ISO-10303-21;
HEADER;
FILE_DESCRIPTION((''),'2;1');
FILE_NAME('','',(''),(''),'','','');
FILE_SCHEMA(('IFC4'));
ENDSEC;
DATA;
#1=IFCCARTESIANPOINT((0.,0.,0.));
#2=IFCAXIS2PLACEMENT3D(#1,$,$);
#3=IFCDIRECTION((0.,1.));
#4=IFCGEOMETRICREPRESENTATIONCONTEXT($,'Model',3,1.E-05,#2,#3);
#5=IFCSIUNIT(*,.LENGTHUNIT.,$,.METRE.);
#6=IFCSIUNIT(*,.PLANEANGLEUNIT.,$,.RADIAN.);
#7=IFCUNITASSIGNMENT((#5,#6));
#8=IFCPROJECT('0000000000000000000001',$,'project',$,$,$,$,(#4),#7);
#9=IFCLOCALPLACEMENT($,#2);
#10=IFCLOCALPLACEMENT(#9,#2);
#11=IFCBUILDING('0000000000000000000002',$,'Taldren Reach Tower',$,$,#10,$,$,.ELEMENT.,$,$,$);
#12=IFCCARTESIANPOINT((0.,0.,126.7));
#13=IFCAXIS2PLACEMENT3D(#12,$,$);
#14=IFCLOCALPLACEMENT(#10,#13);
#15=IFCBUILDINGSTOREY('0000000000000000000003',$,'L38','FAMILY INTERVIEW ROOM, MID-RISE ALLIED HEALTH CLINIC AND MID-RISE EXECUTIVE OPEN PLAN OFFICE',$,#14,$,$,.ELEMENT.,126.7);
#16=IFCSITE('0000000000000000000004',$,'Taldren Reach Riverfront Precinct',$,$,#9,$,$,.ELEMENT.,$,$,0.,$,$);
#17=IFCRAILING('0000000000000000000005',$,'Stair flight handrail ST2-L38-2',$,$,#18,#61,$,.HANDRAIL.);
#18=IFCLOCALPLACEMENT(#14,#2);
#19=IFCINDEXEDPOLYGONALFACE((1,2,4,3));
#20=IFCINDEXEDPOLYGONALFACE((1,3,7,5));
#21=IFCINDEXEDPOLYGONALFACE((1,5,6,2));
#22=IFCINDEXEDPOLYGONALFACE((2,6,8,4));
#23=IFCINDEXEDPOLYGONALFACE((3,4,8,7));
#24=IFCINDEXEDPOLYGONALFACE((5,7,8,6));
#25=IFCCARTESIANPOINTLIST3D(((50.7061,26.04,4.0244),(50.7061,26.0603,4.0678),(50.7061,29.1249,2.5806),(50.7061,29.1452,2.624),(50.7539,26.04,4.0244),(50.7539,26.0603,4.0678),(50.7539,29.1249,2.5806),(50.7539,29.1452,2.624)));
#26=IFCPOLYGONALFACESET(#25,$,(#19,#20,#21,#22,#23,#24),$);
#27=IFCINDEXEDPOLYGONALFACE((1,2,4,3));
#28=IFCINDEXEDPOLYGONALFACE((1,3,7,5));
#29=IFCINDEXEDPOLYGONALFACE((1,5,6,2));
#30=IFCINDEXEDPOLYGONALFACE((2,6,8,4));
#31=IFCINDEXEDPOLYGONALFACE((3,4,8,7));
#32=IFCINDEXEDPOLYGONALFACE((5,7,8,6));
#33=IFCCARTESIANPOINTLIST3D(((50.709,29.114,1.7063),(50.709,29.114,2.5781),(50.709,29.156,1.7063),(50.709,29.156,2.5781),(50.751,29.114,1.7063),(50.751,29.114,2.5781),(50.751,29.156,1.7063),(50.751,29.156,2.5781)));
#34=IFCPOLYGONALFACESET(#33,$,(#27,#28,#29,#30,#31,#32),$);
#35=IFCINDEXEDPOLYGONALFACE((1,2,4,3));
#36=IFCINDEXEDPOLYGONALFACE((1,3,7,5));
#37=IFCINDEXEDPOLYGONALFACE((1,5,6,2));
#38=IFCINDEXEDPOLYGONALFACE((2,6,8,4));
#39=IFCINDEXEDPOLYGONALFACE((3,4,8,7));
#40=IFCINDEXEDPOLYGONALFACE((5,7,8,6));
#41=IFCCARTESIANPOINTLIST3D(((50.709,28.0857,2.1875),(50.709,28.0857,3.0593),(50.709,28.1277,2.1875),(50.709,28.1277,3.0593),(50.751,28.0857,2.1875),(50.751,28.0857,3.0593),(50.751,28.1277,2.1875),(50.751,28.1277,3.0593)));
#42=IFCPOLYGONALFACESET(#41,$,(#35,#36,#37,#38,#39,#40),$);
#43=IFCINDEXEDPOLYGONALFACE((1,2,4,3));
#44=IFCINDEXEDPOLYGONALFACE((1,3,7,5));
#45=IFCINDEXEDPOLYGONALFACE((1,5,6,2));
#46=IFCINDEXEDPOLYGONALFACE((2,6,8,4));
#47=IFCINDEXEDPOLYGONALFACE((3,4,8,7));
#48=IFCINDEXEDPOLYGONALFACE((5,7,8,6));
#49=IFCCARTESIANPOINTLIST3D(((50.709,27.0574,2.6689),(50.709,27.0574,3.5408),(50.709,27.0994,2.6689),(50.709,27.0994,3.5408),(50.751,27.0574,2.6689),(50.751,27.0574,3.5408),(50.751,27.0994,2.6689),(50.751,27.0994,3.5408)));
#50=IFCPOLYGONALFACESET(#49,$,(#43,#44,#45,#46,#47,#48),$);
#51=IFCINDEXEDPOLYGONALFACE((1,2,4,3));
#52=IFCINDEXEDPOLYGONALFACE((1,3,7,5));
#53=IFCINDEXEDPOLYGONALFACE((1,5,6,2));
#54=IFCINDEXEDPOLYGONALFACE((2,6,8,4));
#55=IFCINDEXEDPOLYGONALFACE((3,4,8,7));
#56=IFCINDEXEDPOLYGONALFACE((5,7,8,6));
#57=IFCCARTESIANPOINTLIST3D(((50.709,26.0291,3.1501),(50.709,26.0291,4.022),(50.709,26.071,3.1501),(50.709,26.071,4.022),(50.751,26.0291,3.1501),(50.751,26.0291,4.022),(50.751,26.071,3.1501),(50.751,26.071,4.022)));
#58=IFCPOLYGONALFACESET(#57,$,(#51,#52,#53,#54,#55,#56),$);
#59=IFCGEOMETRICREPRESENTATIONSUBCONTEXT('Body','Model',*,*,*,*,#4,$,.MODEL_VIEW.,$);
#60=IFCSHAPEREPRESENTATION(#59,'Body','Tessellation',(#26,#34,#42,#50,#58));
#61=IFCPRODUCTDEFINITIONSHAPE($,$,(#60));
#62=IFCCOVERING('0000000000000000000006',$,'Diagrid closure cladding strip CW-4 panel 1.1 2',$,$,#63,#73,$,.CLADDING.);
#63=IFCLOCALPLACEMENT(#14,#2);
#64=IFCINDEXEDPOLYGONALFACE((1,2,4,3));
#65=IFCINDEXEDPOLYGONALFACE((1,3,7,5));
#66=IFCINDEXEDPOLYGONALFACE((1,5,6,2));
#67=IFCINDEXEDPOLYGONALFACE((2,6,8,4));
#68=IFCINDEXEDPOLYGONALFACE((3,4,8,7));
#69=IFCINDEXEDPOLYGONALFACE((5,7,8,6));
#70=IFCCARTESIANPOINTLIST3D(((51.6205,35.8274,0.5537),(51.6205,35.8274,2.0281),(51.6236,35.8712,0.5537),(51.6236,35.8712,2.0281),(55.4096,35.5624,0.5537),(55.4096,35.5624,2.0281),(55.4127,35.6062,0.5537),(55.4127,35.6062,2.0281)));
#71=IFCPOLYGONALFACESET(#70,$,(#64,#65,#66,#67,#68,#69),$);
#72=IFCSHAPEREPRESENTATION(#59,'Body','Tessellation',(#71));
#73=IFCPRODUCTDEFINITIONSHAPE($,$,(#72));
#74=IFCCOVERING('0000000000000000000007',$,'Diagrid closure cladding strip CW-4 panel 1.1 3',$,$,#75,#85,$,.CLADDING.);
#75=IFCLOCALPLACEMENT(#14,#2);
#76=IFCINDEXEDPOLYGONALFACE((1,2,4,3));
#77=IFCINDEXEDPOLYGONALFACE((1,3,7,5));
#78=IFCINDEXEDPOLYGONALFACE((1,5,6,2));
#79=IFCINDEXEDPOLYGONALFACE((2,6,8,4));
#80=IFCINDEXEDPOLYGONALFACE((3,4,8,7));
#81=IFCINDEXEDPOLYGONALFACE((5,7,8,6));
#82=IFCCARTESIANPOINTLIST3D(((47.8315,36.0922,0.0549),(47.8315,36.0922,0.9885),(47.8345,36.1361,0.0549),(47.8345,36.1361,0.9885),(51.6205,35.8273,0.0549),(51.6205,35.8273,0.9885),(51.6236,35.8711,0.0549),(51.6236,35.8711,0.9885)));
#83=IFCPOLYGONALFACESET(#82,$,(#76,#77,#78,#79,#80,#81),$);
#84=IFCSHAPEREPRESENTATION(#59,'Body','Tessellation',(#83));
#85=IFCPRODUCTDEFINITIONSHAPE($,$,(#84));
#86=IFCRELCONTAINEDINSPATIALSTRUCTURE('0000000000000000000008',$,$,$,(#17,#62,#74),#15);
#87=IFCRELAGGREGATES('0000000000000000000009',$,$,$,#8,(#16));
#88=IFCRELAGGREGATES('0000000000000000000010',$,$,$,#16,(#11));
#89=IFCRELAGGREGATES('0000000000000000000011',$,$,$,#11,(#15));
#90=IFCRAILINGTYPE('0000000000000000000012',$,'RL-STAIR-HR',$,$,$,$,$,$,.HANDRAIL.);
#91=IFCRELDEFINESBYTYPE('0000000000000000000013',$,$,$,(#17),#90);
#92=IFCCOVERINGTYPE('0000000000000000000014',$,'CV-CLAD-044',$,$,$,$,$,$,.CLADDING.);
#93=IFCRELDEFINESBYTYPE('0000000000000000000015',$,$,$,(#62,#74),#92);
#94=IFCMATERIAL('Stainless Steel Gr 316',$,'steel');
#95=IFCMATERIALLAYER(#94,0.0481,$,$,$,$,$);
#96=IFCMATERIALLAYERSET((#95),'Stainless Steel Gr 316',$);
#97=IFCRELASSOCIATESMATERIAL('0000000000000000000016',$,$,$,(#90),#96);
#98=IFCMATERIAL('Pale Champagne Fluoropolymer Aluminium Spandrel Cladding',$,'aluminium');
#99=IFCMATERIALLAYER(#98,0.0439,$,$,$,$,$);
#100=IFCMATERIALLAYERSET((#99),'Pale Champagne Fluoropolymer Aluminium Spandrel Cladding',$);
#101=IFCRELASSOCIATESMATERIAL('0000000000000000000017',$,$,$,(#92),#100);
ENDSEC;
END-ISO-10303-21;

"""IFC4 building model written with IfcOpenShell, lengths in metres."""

from ifc_helpers import new_model, si_unit, direction, frame, origin, origin_2d, place, context, subcontext, project, spatial, rectangle, extrude, source, transform, mapped, material, layer, layer_set, type_object, element, save


model = new_model("IFC4")

# Units and contexts
model_context = context("Model", 3, precision=1e-05, world=origin(), true_north=direction((0.0, 1.0)))
body_context = subcontext(model_context, "Body", "Model", "MODEL_VIEW")
ifc_project = project(units=[si_unit("LENGTHUNIT", "METRE"), si_unit("PLANEANGLEUNIT", "RADIAN")], contexts=[model_context])

# Site, building, storey
site_placement = place(None, origin())
site = spatial("IfcSite", under=ifc_project, at=site_placement, Name="Taldren Reach Riverfront Precinct", CompositionType="ELEMENT", RefElevation=0.0)
building_placement = place(site_placement, origin())
building = spatial("IfcBuilding", under=site, at=building_placement, Name="Taldren Reach Tower", CompositionType="ELEMENT")
storey_placement = place(building_placement, frame((0.0, 0.0, 126.7)))
storey = spatial("IfcBuildingStorey", under=building, at=storey_placement, Name="L38", Description="FAMILY INTERVIEW ROOM, MID-RISE ALLIED HEALTH CLINIC AND MID-RISE EXECUTIVE OPEN PLAN OFFICE", CompositionType="ELEMENT", Elevation=126.7)

# Railing
ifc_material_1 = material(Name="Stainless Steel Gr 316", Category="steel")
ifc_layer_1 = layer(ifc_material_1, 0.0481)
ifc_layer_set_1 = layer_set([ifc_layer_1], Name="Stainless Steel Gr 316")
railing_type_1 = type_object("IfcRailingType", Name="RL-STAIR-HR", PredefinedType="HANDRAIL", material=ifc_layer_set_1)
railing_1_placement = place(storey_placement, frame((50.73, 29.135, 1.7063)))
element("IfcRailing", 1, at=railing_1_placement, inside=storey, type_object=railing_type_1, Name="Stair flight handrail ST2-L38-2", PredefinedType="HANDRAIL", context=body_context, shape_type="SweptSolid", body=[
    extrude(rectangle(XDim=0.0479, YDim=0.0479, at=origin_2d()), frame((0.0, 0.0, 0.896), z_axis=(0.0, -0.90571, 0.423898), x_axis=(1.0, 0.0, 0.0)), (0.0, 0.0, 1.0), 3.406),
    extrude(rectangle(XDim=0.042, YDim=0.042, at=origin_2d()), origin(), (0.0, 0.0, 1.0), 0.8718),
    extrude(rectangle(XDim=0.042, YDim=0.042, at=origin_2d()), frame((0.0, -1.0283, 0.4812)), (0.0, 0.0, 1.0), 0.8718),
    extrude(rectangle(XDim=0.042, YDim=0.042, at=origin_2d()), frame((0.0, -2.0566, 0.9626)), (0.0, 0.0, 1.0), 0.8718),
    extrude(rectangle(XDim=0.042, YDim=0.042, at=origin_2d()), frame((0.0, -3.085, 1.4438)), (0.0, 0.0, 1.0), 0.8718),
])

# Coverings
ifc_material_2 = material(Name="Pale Champagne Fluoropolymer Aluminium Spandrel Cladding", Category="aluminium")
ifc_layer_2 = layer(ifc_material_2, 0.0439)
ifc_layer_set_2 = layer_set([ifc_layer_2], Name="Pale Champagne Fluoropolymer Aluminium Spandrel Cladding")
covering_type = type_object("IfcCoveringType", Name="CV-CLAD-044", PredefinedType="CLADDING", material=ifc_layer_set_2)
shared_shape_1 = source(origin(), body_context, "Body", "SweptSolid", [
    extrude(rectangle(XDim=3.7983, YDim=0.0439, at=origin_2d()), origin(), (0.0, 0.0, 1.0), 1.4744),
])
covering_1_placement = place(storey_placement, frame((53.5166, 35.7168, 0.5537), z_axis=(0.0, 0.0, 1.0), x_axis=(-0.997564, 0.069757, 0.0)))
element("IfcCovering", 2, at=covering_1_placement, inside=storey, type_object=covering_type, Name="Diagrid closure cladding strip CW-4 panel 1.1 2", PredefinedType="CLADDING", context=body_context, shape_type="MappedRepresentation", body=[
    mapped(shared_shape_1, transform((0.0, 0.0, 0.0), scale=1.0)),
])
shared_shape_2 = source(origin(), body_context, "Body", "SweptSolid", [
    extrude(rectangle(XDim=3.7983, YDim=0.0439, at=origin_2d()), origin(), (0.0, 0.0, 1.0), 0.9336),
])
covering_2_placement = place(storey_placement, frame((49.7275, 35.9817, 0.0549), z_axis=(0.0, 0.0, 1.0), x_axis=(-0.997564, 0.069757, 0.0)))
element("IfcCovering", 3, at=covering_2_placement, inside=storey, type_object=covering_type, Name="Diagrid closure cladding strip CW-4 panel 1.1 3", PredefinedType="CLADDING", context=body_context, shape_type="MappedRepresentation", body=[
    mapped(shared_shape_2, transform((0.0, 0.0, 0.0), scale=1.0)),
])

save(model, "model.ifc")
